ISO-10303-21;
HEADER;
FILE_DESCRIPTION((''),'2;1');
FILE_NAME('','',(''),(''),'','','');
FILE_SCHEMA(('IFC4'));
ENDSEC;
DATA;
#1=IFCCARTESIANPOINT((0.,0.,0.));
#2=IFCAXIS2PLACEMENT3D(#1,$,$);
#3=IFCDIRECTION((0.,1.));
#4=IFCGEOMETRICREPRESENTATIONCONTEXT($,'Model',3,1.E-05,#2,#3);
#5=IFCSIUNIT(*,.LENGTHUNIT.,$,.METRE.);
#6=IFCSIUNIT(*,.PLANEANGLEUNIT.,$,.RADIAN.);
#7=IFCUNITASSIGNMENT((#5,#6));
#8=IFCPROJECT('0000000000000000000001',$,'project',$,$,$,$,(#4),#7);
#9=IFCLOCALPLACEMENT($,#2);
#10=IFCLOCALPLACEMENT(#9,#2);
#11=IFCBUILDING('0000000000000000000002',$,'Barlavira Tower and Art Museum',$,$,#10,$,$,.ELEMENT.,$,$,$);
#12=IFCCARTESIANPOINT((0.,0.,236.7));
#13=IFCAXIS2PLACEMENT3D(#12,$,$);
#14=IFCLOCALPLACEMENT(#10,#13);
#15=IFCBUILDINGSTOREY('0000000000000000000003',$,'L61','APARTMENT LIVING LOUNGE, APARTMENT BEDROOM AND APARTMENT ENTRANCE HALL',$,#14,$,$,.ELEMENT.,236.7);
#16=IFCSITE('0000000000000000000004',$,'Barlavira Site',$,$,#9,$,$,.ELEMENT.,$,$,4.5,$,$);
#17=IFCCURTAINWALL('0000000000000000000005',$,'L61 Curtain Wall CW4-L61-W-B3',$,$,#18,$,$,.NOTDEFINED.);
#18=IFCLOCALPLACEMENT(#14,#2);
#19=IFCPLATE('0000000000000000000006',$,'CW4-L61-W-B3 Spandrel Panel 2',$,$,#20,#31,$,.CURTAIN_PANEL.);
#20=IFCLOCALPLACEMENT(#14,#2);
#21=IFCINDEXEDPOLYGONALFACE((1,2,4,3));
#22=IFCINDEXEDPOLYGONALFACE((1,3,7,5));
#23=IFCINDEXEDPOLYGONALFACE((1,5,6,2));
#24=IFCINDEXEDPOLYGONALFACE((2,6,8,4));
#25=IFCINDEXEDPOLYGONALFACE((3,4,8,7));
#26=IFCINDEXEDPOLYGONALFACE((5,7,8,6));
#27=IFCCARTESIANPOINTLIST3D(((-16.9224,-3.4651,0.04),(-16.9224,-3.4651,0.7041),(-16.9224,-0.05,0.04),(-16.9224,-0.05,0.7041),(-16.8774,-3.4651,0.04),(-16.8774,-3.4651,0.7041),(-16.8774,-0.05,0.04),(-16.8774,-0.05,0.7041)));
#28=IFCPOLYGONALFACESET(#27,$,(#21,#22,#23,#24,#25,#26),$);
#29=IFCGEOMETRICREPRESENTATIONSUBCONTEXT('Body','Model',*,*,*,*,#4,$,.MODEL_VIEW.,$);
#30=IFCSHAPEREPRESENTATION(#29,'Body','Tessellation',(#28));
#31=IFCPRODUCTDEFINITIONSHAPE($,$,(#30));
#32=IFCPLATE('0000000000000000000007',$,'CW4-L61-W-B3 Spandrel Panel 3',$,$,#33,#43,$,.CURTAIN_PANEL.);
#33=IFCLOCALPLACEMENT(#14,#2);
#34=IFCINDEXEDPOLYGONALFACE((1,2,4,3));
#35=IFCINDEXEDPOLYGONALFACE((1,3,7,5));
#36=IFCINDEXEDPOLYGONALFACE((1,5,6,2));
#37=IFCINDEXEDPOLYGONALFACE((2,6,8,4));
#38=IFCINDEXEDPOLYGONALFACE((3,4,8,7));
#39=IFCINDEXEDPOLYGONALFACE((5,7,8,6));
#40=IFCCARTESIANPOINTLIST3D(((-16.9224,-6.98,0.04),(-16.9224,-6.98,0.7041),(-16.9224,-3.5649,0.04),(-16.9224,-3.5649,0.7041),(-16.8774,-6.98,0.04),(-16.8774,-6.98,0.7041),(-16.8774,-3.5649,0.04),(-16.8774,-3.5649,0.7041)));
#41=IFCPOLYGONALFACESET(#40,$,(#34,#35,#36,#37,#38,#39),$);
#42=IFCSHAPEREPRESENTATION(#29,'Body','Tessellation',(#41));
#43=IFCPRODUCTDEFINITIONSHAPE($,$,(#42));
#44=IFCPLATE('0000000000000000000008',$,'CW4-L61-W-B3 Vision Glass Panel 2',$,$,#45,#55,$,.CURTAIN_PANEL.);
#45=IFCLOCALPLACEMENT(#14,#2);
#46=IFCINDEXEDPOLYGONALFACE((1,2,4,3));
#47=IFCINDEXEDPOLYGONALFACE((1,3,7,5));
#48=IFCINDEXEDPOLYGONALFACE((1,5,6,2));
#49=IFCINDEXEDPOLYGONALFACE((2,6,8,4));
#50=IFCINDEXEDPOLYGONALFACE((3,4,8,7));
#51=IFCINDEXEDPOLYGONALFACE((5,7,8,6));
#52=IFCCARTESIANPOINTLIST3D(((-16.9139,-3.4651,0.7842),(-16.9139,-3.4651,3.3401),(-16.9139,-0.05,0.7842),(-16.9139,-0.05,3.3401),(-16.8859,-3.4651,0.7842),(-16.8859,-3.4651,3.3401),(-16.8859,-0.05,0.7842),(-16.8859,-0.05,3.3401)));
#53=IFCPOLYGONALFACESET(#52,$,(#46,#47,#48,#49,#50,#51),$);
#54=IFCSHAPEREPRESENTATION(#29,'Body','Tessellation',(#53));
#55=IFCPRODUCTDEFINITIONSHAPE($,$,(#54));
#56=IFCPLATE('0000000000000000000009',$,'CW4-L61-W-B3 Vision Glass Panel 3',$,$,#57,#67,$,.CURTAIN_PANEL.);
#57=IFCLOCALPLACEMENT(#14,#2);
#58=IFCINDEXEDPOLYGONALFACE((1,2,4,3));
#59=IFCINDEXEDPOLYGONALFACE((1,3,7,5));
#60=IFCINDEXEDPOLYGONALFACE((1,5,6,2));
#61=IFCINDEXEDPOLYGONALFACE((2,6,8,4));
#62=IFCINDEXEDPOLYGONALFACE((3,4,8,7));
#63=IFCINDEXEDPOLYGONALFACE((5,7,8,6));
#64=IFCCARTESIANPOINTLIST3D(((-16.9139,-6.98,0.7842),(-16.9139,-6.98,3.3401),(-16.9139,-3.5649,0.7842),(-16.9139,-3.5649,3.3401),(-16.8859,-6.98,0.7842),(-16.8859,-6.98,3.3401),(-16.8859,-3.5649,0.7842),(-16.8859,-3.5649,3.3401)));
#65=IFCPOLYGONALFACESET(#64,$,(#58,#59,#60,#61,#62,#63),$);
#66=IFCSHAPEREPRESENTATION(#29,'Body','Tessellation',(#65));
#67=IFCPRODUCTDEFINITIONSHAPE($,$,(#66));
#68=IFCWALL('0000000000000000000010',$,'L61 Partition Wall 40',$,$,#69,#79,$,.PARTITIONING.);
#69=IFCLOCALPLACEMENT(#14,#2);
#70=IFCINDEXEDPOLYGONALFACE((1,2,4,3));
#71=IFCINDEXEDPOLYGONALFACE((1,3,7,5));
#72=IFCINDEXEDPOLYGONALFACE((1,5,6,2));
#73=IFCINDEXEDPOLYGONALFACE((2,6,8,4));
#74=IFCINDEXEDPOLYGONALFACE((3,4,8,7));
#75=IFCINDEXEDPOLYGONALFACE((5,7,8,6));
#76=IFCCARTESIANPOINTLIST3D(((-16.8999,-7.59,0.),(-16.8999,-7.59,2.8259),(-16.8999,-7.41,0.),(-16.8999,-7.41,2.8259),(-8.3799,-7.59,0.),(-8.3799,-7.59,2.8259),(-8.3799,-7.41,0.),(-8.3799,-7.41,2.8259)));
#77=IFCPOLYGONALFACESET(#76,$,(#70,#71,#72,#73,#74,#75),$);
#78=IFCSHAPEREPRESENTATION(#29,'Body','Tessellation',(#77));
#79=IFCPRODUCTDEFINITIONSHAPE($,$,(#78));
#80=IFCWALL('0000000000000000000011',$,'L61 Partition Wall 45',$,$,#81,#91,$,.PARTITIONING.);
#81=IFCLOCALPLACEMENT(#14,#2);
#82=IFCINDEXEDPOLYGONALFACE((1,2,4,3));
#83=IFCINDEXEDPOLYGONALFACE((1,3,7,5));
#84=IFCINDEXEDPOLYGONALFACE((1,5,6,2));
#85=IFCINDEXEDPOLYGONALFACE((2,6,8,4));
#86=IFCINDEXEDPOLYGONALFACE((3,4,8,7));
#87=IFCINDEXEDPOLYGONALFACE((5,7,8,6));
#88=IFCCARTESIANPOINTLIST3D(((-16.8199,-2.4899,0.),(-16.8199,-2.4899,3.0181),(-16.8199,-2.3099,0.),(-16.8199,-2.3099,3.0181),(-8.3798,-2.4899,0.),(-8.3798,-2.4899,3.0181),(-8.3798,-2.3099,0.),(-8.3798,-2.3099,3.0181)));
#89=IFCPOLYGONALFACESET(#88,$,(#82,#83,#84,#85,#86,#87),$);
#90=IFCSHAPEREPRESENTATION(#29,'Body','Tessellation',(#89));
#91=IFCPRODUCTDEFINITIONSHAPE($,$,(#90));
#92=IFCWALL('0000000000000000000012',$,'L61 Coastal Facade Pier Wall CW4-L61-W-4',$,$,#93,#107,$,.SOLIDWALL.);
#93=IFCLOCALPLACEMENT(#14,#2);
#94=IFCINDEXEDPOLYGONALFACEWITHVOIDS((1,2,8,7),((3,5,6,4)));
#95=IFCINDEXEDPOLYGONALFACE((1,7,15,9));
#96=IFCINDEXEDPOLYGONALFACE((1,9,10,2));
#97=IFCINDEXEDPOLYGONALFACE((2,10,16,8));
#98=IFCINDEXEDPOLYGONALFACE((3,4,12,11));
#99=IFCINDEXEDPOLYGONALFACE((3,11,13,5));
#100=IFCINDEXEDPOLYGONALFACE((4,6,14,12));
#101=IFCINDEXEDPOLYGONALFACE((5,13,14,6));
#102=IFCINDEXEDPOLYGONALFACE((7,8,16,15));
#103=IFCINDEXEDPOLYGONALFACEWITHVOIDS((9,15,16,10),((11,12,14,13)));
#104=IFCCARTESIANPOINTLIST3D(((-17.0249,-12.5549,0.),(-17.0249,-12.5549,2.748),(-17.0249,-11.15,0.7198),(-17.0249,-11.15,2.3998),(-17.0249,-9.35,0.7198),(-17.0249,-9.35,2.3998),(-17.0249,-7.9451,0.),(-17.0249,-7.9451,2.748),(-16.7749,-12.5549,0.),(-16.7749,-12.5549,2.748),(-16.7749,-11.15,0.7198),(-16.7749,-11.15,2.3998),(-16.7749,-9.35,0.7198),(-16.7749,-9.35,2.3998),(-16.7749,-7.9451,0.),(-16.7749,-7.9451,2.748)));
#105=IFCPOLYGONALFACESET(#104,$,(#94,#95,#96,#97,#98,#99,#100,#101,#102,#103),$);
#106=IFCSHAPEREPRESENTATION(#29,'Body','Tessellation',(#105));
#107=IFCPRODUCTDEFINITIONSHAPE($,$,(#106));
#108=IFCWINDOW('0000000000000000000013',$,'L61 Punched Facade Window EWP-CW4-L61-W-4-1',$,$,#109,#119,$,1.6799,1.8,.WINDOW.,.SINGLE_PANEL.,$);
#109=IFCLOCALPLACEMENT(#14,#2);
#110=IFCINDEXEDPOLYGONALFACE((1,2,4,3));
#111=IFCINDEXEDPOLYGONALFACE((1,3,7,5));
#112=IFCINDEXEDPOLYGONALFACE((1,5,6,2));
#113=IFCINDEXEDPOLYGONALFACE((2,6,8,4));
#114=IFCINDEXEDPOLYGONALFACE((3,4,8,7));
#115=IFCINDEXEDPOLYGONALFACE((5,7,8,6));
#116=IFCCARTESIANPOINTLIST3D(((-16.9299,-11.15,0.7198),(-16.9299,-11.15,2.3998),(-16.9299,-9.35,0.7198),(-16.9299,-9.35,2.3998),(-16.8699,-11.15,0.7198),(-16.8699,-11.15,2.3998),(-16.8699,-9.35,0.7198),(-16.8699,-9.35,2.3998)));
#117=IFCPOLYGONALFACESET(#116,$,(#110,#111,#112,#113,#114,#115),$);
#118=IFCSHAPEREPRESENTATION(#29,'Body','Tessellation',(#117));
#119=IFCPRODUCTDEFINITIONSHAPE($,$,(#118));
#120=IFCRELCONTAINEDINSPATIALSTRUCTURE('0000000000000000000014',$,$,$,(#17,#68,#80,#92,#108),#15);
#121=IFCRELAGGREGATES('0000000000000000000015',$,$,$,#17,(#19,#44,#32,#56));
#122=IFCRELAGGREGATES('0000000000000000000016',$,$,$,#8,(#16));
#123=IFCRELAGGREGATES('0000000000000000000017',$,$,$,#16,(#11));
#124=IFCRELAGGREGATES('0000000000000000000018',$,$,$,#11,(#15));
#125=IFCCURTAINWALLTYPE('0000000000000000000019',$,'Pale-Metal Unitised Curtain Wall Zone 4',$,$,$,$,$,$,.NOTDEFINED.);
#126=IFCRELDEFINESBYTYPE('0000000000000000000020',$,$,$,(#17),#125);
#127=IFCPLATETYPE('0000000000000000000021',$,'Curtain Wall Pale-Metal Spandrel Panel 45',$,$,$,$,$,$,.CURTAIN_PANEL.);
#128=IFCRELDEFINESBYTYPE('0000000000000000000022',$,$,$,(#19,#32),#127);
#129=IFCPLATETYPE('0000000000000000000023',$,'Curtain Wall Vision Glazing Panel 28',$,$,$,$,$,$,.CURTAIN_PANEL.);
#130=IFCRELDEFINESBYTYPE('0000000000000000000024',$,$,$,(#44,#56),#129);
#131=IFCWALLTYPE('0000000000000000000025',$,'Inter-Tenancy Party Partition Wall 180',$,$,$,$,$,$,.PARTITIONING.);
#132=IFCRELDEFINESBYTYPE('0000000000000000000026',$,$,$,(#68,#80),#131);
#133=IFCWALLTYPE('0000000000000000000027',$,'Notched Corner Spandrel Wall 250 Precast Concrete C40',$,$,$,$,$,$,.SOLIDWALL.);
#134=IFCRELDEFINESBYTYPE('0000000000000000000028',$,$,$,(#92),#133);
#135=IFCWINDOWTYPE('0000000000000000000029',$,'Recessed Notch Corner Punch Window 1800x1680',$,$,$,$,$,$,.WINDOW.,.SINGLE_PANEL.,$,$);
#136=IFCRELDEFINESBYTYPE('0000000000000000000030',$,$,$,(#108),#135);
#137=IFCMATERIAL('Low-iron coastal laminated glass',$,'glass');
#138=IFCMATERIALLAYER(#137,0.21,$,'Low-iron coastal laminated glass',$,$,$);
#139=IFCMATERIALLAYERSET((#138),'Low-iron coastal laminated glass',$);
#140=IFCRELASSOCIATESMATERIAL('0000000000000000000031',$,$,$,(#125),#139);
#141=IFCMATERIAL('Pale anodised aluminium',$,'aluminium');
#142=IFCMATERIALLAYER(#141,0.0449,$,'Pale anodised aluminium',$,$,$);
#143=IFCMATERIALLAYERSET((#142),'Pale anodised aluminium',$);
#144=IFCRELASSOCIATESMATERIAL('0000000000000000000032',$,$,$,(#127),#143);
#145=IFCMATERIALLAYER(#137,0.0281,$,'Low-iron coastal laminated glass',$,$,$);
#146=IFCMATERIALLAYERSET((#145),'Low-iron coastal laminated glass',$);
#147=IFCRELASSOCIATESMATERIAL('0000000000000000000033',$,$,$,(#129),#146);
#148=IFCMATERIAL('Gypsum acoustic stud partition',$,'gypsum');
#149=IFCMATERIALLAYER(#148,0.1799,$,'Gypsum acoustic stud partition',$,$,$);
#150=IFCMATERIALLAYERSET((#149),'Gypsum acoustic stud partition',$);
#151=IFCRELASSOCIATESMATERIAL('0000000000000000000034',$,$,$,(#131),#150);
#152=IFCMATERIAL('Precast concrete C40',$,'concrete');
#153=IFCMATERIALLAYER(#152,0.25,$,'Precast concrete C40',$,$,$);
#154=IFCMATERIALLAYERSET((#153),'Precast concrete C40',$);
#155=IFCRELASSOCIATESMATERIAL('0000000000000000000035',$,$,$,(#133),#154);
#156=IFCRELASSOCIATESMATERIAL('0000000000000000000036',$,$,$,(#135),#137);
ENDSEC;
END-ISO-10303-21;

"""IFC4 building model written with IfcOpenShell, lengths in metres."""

from ifc_helpers import new_model, si_unit, direction, frame, frame_2d, origin, origin_2d, place, context, subcontext, project, spatial, rectangle, extrude, material, layer, layer_set, type_object, element, fill, aggregate, save


model = new_model("IFC4")

# Units and contexts
model_context = context("Model", 3, precision=1e-05, world=origin(), true_north=direction((0.0, 1.0)))
body_context = subcontext(model_context, "Body", "Model", "MODEL_VIEW")
ifc_project = project(units=[si_unit("LENGTHUNIT", "METRE"), si_unit("PLANEANGLEUNIT", "RADIAN")], contexts=[model_context])

# Site, building, storey
site_placement = place(None, origin())
site = spatial("IfcSite", under=ifc_project, at=site_placement, Name="Barlavira Site", CompositionType="ELEMENT", RefElevation=4.5)
building_placement = place(site_placement, origin())
building = spatial("IfcBuilding", under=site, at=building_placement, Name="Barlavira Tower and Art Museum", CompositionType="ELEMENT")
storey_placement = place(building_placement, frame((0.0, 0.0, 236.7)))
storey = spatial("IfcBuildingStorey", under=building, at=storey_placement, Name="L61", Description="APARTMENT LIVING LOUNGE, APARTMENT BEDROOM AND APARTMENT ENTRANCE HALL", CompositionType="ELEMENT", Elevation=236.7)

# Curtain wall
ifc_material_1 = material(Name="Low-iron coastal laminated glass", Category="glass")
ifc_layer_1 = layer(ifc_material_1, 0.21, Name="Low-iron coastal laminated glass")
ifc_layer_set_1 = layer_set([ifc_layer_1], Name="Low-iron coastal laminated glass")
curtain_wall_type = type_object("IfcCurtainWallType", Name="Pale-Metal Unitised Curtain Wall Zone 4", PredefinedType="NOTDEFINED", material=ifc_layer_set_1)
curtain_wall_placement = place(storey_placement, origin())
curtain_wall = element("IfcCurtainWall", 1, at=curtain_wall_placement, inside=storey, type_object=curtain_wall_type, Name="L61 Curtain Wall CW4-L61-W-B3", PredefinedType="NOTDEFINED")
ifc_material_2 = material(Name="Pale anodised aluminium", Category="aluminium")

# Plates
ifc_layer_2 = layer(ifc_material_2, 0.0449, Name="Pale anodised aluminium")
ifc_layer_set_2 = layer_set([ifc_layer_2], Name="Pale anodised aluminium")
plate_type_1 = type_object("IfcPlateType", Name="Curtain Wall Pale-Metal Spandrel Panel 45", PredefinedType="CURTAIN_PANEL", material=ifc_layer_set_2)
plate_1_placement = place(storey_placement, frame((-16.8999, -1.7576, 0.04), z_axis=(0.0, 0.0, 1.0), x_axis=(0.0, -1.0, 0.0)))
plate_1 = element("IfcPlate", 2, at=plate_1_placement, type_object=plate_type_1, Name="CW4-L61-W-B3 Spandrel Panel 2", PredefinedType="CURTAIN_PANEL", context=body_context, shape_type="SweptSolid", body=[
    extrude(rectangle(XDim=3.415, YDim=0.0449, at=origin_2d()), origin(), (0.0, 0.0, 1.0), 0.6641),
])
plate_2_placement = place(storey_placement, frame((-16.8999, -5.2725, 0.04), z_axis=(0.0, 0.0, 1.0), x_axis=(0.0, -1.0, 0.0)))
plate_2 = element("IfcPlate", 3, at=plate_2_placement, type_object=plate_type_1, Name="CW4-L61-W-B3 Spandrel Panel 3", PredefinedType="CURTAIN_PANEL", context=body_context, shape_type="SweptSolid", body=[
    extrude(rectangle(XDim=3.415, YDim=0.0449, at=origin_2d()), origin(), (0.0, 0.0, 1.0), 0.6641),
])
ifc_layer_3 = layer(ifc_material_1, 0.0281, Name="Low-iron coastal laminated glass")
ifc_layer_set_3 = layer_set([ifc_layer_3], Name="Low-iron coastal laminated glass")
plate_type_2 = type_object("IfcPlateType", Name="Curtain Wall Vision Glazing Panel 28", PredefinedType="CURTAIN_PANEL", material=ifc_layer_set_3)
plate_3_placement = place(storey_placement, frame((-16.8999, -1.7576, 0.7842), z_axis=(0.0, 0.0, 1.0), x_axis=(0.0, -1.0, 0.0)))
plate_3 = element("IfcPlate", 4, at=plate_3_placement, type_object=plate_type_2, Name="CW4-L61-W-B3 Vision Glass Panel 2", PredefinedType="CURTAIN_PANEL", context=body_context, shape_type="SweptSolid", body=[
    extrude(rectangle(XDim=3.415, YDim=0.0281, at=origin_2d()), origin(), (0.0, 0.0, 1.0), 2.5559),
])
plate_4_placement = place(storey_placement, frame((-16.8999, -5.2725, 0.7842), z_axis=(0.0, 0.0, 1.0), x_axis=(0.0, -1.0, 0.0)))
plate_4 = element("IfcPlate", 5, at=plate_4_placement, type_object=plate_type_2, Name="CW4-L61-W-B3 Vision Glass Panel 3", PredefinedType="CURTAIN_PANEL", context=body_context, shape_type="SweptSolid", body=[
    extrude(rectangle(XDim=3.415, YDim=0.0281, at=origin_2d()), origin(), (0.0, 0.0, 1.0), 2.5559),
])
aggregate(curtain_wall, [plate_1, plate_3, plate_2, plate_4])

# Shared definitions
ifc_material_3 = material(Name="Gypsum acoustic stud partition", Category="gypsum")
ifc_layer_4 = layer(ifc_material_3, 0.1799, Name="Gypsum acoustic stud partition")
ifc_layer_set_4 = layer_set([ifc_layer_4], Name="Gypsum acoustic stud partition")
wall_type_1 = type_object("IfcWallType", Name="Inter-Tenancy Party Partition Wall 180", PredefinedType="PARTITIONING", material=ifc_layer_set_4)

# Walls
wall_1_placement = place(storey_placement, frame((-16.8999, -7.5, 0.0), z_axis=(0.0, 0.0, 1.0), x_axis=(1.0, 0.0, 0.0)))
element("IfcWall", 6, at=wall_1_placement, inside=storey, type_object=wall_type_1, Name="L61 Partition Wall 40", PredefinedType="PARTITIONING", context=body_context, shape_type="SweptSolid", body=[
    extrude(rectangle(XDim=8.52, YDim=0.1799, at=frame_2d((4.26, 0.0))), origin(), (0.0, 0.0, 1.0), 2.8259),
])
wall_2_placement = place(storey_placement, frame((-16.8201, -2.3999, 0.0), z_axis=(0.0, 0.0, 1.0), x_axis=(1.0, 0.0, 0.0)))
element("IfcWall", 7, at=wall_2_placement, inside=storey, type_object=wall_type_1, Name="L61 Partition Wall 45", PredefinedType="PARTITIONING", context=body_context, shape_type="SweptSolid", body=[
    extrude(rectangle(XDim=8.4402, YDim=0.1799, at=frame_2d((4.2202, 0.0))), origin(), (0.0, 0.0, 1.0), 3.0181),
])

# Wall, opening, window
ifc_material_4 = material(Name="Precast concrete C40", Category="concrete")
ifc_layer_5 = layer(ifc_material_4, 0.25, Name="Precast concrete C40")
ifc_layer_set_5 = layer_set([ifc_layer_5], Name="Precast concrete C40")
wall_type_2 = type_object("IfcWallType", Name="Notched Corner Spandrel Wall 250 Precast Concrete C40", PredefinedType="SOLIDWALL", material=ifc_layer_set_5)
wall_3_placement = place(storey_placement, frame((-16.8999, -7.9451, 0.0), z_axis=(0.0, 0.0, 1.0), x_axis=(0.0, -1.0, 0.0)))
wall_3 = element("IfcWall", 8, at=wall_3_placement, inside=storey, type_object=wall_type_2, Name="L61 Coastal Facade Pier Wall CW4-L61-W-4", PredefinedType="SOLIDWALL", context=body_context, shape_type="SweptSolid", body=[
    extrude(rectangle(XDim=4.6099, YDim=0.25, at=frame_2d((2.3049, 0.0))), origin(), (0.0, 0.0, 1.0), 2.748),
])
opening_1_placement = place(wall_3_placement, frame((1.405, 0.0, 0.72)))
opening_1 = element("IfcOpeningElement", 9, at=opening_1_placement, cuts=wall_3, PredefinedType="OPENING", context=body_context, shape_type="SweptSolid", body=[
    extrude(rectangle(XDim=1.8, YDim=1.6799, at=frame_2d((0.8999, 0.8398))), frame((0.0, 0.135, 0.0), z_axis=(0.0, -1.0, 0.0), x_axis=(1.0, 0.0, 0.0)), (0.0, 0.0, 1.0), 0.27),
])
window_type = type_object("IfcWindowType", Name="Recessed Notch Corner Punch Window 1800x1680", PartitioningType="SINGLE_PANEL", PredefinedType="WINDOW", material=ifc_material_1)
window_placement = place(opening_1_placement, origin())
window = element("IfcWindow", 10, at=window_placement, inside=storey, type_object=window_type, Name="L61 Punched Facade Window EWP-CW4-L61-W-4-1", OverallHeight=1.6799, OverallWidth=1.8, PartitioningType="SINGLE_PANEL", PredefinedType="WINDOW", context=body_context, shape_type="SweptSolid", body=[
    extrude(rectangle(XDim=1.8, YDim=1.6799, at=frame_2d((0.8999, 0.8398))), frame((0.0, 0.03, 0.0), z_axis=(0.0, -1.0, 0.0), x_axis=(1.0, 0.0, 0.0)), (0.0, 0.0, 1.0), 0.0601),
])
fill(opening_1, window)

save(model, "model.ifc")
